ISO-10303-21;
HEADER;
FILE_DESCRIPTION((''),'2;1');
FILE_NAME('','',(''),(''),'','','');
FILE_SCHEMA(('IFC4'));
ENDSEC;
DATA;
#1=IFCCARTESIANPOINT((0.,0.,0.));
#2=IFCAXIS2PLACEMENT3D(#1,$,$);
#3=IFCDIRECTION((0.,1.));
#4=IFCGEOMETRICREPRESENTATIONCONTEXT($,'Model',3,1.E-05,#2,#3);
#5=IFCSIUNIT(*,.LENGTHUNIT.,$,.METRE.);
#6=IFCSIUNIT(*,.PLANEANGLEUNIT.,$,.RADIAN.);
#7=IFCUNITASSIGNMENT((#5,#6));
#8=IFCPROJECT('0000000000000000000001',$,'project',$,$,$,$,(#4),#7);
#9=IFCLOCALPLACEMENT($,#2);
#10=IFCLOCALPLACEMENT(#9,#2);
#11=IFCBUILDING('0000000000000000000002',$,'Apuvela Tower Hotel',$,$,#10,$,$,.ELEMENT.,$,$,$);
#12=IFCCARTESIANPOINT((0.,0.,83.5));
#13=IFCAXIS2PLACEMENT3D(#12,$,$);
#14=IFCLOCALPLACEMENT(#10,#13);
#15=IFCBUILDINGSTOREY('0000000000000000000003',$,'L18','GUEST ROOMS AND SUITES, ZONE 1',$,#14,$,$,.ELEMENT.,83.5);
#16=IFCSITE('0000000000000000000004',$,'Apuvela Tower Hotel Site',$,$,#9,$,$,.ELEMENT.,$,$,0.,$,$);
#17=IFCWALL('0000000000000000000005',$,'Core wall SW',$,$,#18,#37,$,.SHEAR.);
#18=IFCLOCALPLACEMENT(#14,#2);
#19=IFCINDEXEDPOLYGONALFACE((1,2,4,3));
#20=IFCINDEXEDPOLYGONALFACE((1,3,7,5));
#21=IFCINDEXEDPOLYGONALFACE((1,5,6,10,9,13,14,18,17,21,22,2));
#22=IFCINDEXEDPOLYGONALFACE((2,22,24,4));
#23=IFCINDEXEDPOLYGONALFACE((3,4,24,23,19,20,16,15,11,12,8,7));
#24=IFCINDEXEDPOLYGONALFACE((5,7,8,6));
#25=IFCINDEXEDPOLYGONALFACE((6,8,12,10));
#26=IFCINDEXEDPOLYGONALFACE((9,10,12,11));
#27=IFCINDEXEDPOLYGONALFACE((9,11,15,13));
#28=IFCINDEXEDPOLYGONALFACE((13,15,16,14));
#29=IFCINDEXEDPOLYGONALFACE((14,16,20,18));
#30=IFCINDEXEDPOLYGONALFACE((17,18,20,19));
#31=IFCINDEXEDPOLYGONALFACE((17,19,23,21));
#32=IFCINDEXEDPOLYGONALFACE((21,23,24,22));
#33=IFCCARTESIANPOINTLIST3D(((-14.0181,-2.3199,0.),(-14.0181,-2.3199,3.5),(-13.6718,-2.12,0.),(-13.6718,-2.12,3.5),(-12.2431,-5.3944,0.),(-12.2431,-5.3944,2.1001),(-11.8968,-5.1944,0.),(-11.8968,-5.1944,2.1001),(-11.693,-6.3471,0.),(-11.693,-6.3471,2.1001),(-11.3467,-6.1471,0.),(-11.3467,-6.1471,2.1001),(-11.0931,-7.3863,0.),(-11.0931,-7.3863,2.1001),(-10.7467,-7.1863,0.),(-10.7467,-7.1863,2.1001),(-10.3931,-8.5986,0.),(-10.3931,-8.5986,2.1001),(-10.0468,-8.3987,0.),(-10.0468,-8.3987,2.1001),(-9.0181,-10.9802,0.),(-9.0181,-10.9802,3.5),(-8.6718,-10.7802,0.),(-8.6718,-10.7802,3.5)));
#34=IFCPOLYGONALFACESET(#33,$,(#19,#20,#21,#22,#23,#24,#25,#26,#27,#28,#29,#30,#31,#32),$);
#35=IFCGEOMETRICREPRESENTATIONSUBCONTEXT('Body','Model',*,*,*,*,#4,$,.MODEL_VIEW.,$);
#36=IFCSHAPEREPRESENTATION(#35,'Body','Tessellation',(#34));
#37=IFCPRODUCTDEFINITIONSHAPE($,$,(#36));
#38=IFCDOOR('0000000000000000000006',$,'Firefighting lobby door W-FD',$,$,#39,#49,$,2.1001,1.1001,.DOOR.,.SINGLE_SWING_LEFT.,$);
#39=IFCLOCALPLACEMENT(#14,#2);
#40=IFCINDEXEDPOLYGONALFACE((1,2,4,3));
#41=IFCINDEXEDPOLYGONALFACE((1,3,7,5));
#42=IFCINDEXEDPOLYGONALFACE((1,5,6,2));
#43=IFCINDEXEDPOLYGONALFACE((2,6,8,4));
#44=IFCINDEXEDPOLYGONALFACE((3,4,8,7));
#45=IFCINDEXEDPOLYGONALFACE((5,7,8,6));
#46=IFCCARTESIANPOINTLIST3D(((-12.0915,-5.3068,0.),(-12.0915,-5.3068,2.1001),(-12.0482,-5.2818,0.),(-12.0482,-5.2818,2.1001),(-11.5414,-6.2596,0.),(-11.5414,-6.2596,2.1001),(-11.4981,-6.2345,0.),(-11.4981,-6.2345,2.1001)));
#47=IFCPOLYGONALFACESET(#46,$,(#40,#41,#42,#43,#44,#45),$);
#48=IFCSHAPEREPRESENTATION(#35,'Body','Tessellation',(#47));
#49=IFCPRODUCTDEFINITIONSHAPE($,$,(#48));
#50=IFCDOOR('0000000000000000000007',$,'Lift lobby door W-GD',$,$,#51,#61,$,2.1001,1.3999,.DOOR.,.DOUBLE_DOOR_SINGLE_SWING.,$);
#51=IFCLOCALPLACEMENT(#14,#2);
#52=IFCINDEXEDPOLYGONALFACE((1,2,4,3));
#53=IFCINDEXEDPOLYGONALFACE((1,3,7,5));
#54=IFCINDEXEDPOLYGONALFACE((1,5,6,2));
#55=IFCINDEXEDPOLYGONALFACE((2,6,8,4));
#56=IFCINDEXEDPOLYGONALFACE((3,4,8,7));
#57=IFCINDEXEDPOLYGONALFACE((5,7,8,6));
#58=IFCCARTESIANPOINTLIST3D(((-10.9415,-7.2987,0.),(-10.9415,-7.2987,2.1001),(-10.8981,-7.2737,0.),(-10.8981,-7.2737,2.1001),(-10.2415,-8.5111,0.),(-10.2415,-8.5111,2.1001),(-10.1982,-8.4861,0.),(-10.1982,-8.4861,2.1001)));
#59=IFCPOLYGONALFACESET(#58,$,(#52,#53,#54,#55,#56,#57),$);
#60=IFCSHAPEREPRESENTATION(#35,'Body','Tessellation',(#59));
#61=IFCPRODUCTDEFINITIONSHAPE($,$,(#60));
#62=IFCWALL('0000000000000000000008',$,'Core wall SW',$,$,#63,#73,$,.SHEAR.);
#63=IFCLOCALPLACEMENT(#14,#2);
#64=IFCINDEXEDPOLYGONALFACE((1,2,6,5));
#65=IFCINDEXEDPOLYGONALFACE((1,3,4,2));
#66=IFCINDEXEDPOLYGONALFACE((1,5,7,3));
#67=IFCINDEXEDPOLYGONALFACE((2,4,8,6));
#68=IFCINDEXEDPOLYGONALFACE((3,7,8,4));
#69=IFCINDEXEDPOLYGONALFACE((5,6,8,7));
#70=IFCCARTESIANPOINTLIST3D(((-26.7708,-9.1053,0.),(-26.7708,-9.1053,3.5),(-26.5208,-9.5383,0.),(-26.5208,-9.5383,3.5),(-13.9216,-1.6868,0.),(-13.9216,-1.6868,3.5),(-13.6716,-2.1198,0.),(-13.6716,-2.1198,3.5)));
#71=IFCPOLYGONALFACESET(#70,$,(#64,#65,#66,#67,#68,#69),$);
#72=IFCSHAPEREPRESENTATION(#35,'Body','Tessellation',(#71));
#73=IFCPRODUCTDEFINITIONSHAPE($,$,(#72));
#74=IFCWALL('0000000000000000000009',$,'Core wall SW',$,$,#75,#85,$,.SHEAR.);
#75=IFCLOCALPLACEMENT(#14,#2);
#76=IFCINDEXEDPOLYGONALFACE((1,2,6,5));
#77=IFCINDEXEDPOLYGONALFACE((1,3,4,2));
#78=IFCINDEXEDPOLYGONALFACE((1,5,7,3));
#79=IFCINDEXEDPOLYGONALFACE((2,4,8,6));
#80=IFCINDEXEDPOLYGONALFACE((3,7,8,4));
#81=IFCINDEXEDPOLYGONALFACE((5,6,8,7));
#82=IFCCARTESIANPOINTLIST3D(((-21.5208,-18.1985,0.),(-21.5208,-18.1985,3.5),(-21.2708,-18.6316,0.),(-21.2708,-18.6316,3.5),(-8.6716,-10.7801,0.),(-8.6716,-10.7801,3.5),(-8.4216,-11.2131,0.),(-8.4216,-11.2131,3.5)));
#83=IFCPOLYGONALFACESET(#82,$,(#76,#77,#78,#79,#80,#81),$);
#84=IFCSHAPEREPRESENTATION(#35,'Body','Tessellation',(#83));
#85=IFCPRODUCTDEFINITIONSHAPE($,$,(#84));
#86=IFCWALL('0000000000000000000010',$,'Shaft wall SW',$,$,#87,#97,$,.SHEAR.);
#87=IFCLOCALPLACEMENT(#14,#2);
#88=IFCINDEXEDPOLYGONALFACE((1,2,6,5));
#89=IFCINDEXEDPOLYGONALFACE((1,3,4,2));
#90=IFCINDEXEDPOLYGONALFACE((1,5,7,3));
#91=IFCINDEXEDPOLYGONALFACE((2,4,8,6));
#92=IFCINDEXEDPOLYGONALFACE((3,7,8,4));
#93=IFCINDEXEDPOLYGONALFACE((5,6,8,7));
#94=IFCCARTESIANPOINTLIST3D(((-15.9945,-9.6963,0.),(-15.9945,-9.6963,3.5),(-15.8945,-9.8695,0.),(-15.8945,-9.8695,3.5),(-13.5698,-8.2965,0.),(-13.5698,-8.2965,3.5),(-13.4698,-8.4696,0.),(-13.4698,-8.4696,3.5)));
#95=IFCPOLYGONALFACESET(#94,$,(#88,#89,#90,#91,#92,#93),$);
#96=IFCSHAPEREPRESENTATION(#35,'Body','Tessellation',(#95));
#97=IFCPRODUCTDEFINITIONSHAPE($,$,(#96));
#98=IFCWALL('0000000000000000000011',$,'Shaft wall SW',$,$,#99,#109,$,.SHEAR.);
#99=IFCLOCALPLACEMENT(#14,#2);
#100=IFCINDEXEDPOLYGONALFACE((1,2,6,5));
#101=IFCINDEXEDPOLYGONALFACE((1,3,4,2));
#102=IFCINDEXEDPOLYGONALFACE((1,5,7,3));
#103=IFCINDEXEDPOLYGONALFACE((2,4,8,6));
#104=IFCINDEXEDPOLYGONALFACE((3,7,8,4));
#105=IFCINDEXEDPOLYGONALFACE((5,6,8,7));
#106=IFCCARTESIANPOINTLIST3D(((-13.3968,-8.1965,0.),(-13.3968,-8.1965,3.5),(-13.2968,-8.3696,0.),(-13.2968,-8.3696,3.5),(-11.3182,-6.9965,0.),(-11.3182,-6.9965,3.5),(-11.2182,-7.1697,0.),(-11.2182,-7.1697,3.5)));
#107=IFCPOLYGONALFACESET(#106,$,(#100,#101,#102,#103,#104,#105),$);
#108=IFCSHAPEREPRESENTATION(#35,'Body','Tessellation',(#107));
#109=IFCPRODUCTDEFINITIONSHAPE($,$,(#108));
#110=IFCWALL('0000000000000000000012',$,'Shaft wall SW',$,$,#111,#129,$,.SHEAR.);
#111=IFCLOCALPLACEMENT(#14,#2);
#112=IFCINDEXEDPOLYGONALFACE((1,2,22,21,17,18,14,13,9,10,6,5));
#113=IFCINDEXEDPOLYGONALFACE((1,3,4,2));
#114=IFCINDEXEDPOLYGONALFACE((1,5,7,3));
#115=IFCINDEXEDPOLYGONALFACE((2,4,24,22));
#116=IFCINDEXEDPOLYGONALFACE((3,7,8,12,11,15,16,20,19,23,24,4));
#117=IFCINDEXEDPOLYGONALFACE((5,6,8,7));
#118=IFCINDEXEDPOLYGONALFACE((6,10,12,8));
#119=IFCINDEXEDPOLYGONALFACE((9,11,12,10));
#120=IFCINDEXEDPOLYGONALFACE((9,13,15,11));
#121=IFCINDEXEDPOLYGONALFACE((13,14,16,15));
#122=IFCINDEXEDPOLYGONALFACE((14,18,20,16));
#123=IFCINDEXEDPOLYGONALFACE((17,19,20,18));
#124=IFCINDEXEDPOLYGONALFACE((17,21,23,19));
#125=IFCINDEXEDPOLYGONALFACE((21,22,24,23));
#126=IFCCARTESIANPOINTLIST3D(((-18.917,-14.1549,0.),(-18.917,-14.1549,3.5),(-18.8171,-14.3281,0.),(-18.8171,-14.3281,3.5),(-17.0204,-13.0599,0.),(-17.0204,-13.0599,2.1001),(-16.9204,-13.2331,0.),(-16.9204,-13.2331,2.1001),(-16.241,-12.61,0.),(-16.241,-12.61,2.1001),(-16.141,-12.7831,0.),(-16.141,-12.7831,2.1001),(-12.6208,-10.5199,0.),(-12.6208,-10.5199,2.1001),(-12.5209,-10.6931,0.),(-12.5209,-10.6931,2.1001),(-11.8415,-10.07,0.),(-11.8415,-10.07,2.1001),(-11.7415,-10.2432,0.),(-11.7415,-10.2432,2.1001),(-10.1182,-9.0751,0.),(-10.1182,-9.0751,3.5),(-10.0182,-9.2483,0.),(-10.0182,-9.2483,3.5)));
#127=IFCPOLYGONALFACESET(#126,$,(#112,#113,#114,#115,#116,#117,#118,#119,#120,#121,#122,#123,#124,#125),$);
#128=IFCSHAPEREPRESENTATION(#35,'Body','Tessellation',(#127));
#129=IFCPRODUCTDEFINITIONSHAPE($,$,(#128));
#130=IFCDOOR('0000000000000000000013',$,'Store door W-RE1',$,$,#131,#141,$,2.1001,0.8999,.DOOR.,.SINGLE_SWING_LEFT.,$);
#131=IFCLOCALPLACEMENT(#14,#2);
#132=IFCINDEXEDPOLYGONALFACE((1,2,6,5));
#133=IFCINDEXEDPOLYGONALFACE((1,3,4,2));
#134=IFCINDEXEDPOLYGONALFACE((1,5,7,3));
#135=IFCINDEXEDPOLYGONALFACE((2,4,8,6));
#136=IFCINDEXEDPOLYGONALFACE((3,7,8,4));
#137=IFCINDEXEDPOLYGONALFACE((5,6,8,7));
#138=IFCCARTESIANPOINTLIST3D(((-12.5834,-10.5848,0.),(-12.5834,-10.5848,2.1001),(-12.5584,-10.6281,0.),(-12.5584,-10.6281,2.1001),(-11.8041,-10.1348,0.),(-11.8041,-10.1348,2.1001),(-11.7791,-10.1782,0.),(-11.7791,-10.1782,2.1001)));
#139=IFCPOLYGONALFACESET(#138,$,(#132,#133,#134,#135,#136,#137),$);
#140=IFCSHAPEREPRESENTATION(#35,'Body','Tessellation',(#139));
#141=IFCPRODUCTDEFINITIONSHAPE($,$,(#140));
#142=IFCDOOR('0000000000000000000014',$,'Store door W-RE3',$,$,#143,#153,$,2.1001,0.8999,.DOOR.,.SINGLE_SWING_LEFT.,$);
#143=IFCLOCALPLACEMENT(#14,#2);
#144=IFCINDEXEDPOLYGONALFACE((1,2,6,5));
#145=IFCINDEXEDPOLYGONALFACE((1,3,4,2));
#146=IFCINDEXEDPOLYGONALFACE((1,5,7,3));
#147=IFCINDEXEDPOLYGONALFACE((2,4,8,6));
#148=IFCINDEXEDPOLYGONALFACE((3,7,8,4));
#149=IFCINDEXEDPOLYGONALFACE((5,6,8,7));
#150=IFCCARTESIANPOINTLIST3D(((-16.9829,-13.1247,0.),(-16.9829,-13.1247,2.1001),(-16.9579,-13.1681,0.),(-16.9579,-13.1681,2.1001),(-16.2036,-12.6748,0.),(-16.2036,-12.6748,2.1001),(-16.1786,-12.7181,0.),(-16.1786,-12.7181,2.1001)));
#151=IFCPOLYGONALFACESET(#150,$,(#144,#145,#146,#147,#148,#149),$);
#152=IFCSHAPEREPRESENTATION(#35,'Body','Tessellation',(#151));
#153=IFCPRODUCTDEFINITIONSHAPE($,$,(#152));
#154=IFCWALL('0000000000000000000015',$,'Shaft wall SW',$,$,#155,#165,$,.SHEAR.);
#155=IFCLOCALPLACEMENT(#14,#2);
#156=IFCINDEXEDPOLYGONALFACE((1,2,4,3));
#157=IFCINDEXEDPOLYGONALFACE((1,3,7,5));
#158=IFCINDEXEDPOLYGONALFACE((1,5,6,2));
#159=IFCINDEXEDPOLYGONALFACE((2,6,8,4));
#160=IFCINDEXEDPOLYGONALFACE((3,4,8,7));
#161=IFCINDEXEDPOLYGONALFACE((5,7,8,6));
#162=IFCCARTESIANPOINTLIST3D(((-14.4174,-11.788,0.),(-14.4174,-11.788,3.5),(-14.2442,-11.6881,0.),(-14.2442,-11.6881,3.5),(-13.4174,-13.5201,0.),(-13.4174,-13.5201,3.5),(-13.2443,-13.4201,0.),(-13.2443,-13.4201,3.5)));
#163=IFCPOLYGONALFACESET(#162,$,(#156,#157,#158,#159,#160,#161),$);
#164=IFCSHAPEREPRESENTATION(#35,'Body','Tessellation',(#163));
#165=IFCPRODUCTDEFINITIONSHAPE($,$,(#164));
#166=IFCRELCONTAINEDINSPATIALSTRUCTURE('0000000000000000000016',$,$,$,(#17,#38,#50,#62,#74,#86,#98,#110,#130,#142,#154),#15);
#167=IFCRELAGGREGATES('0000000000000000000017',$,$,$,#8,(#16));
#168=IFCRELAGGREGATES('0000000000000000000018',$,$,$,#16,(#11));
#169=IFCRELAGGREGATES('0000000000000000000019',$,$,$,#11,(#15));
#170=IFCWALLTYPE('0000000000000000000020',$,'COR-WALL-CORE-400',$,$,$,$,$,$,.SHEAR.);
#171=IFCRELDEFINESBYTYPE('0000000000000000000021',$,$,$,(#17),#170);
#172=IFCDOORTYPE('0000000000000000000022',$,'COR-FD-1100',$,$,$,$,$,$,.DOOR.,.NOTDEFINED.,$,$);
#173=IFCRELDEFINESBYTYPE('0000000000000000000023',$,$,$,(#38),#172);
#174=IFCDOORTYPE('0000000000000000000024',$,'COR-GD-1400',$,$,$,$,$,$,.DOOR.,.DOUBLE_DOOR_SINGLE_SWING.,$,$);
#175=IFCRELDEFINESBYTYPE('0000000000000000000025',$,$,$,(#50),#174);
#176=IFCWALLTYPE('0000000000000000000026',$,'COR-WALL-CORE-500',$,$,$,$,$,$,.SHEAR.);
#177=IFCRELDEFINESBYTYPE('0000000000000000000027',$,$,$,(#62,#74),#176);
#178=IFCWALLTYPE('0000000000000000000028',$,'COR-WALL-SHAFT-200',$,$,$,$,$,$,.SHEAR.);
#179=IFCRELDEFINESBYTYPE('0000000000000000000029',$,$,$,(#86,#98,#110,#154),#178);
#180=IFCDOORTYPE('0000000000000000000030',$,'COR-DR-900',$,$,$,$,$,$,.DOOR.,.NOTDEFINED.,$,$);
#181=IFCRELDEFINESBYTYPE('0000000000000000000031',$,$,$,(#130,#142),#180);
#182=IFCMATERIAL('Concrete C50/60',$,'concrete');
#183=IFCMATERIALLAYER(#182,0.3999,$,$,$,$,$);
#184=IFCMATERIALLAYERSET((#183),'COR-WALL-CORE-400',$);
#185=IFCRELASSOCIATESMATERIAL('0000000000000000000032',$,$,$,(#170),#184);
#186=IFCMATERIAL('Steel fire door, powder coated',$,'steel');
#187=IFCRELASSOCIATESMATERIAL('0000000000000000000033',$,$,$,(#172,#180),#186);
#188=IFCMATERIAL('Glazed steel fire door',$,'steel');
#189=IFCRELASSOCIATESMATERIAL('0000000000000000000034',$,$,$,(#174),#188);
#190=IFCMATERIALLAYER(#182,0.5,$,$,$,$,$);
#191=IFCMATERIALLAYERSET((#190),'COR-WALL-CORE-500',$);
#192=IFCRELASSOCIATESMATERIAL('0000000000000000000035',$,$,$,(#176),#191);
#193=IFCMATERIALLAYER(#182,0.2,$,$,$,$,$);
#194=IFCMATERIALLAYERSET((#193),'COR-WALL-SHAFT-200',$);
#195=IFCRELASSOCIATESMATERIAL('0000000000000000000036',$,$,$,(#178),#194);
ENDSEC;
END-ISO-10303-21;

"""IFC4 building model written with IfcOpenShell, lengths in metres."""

from ifc_helpers import new_model, si_unit, direction, frame, frame_2d, origin, place, context, subcontext, project, spatial, rectangle, extrude, material, layer, layer_set, type_object, element, fill, save


model = new_model("IFC4")

# Units and contexts
model_context = context("Model", 3, precision=1e-05, world=origin(), true_north=direction((0.0, 1.0)))
body_context = subcontext(model_context, "Body", "Model", "MODEL_VIEW")
ifc_project = project(units=[si_unit("LENGTHUNIT", "METRE"), si_unit("PLANEANGLEUNIT", "RADIAN")], contexts=[model_context])

# Site, building, storey
site_placement = place(None, origin())
site = spatial("IfcSite", under=ifc_project, at=site_placement, Name="Apuvela Tower Hotel Site", CompositionType="ELEMENT", RefElevation=0.0)
building_placement = place(site_placement, origin())
building = spatial("IfcBuilding", under=site, at=building_placement, Name="Apuvela Tower Hotel", CompositionType="ELEMENT")
storey_placement = place(building_placement, frame((0.0, 0.0, 83.5)))
storey = spatial("IfcBuildingStorey", under=building, at=storey_placement, Name="L18", Description="GUEST ROOMS AND SUITES, ZONE 1", CompositionType="ELEMENT", Elevation=83.5)

# Wall, openings, doors
ifc_material_1 = material(Name="Concrete C50/60", Category="concrete")
ifc_layer_1 = layer(ifc_material_1, 0.3999)
ifc_layer_set_1 = layer_set([ifc_layer_1], Name="COR-WALL-CORE-400")
wall_type_1 = type_object("IfcWallType", Name="COR-WALL-CORE-400", PredefinedType="SHEAR", material=ifc_layer_set_1)
wall_1_placement = place(storey_placement, frame((-13.845, -2.22, 0.0), z_axis=(0.0, 0.0, 1.0), x_axis=(0.500004, -0.866023, 0.0)))
wall_1 = element("IfcWall", 1, at=wall_1_placement, inside=storey, type_object=wall_type_1, Name="Core wall SW", PredefinedType="SHEAR", context=body_context, shape_type="SweptSolid", body=[
    extrude(rectangle(XDim=10.0, YDim=0.3999, at=frame_2d((5.0, 0.0))), origin(), (0.0, 0.0, 1.0), 3.5),
])
opening_1_placement = place(wall_1_placement, frame((3.55, 0.0, 0.0)))
opening_1 = element("IfcOpeningElement", 2, at=opening_1_placement, cuts=wall_1, PredefinedType="OPENING", context=body_context, shape_type="SweptSolid", body=[
    extrude(rectangle(XDim=1.1001, YDim=2.1001, at=frame_2d((0.55, 1.05))), frame((0.0, 0.21, 0.0), z_axis=(0.0, -1.0, 0.0), x_axis=(1.0, 0.0, 0.0)), (0.0, 0.0, 1.0), 0.4199),
])
opening_2_placement = place(wall_1_placement, frame((5.8501, 0.0, 0.0)))
opening_2 = element("IfcOpeningElement", 3, at=opening_2_placement, cuts=wall_1, PredefinedType="OPENING", context=body_context, shape_type="SweptSolid", body=[
    extrude(rectangle(XDim=1.3999, YDim=2.1001, at=frame_2d((0.7, 1.05))), frame((0.0, 0.21, 0.0), z_axis=(0.0, -1.0, 0.0), x_axis=(1.0, 0.0, 0.0)), (0.0, 0.0, 1.0), 0.4199),
])
ifc_material_2 = material(Name="Steel fire door, powder coated", Category="steel")
door_type_1 = type_object("IfcDoorType", Name="COR-FD-1100", OperationType="NOTDEFINED", PredefinedType="DOOR", material=ifc_material_2)
door_1_placement = place(opening_1_placement, frame((1.1001, 0.0, 0.0), z_axis=(0.0, 0.0, 1.0), x_axis=(-1.0, 0.0, 0.0)))
door_1 = element("IfcDoor", 4, at=door_1_placement, inside=storey, type_object=door_type_1, Name="Firefighting lobby door W-FD", OperationType="SINGLE_SWING_LEFT", OverallHeight=2.1001, OverallWidth=1.1001, PredefinedType="DOOR", context=body_context, shape_type="SweptSolid", body=[
    extrude(rectangle(XDim=1.1001, YDim=2.1001, at=frame_2d((0.55, 1.05))), frame((0.0, 0.0249, 0.0), z_axis=(0.0, -1.0, 0.0), x_axis=(1.0, 0.0, 0.0)), (0.0, 0.0, 1.0), 0.05),
])
fill(opening_1, door_1)
ifc_material_3 = material(Name="Glazed steel fire door", Category="steel")
door_type_2 = type_object("IfcDoorType", Name="COR-GD-1400", OperationType="DOUBLE_DOOR_SINGLE_SWING", PredefinedType="DOOR", material=ifc_material_3)
door_2_placement = place(opening_2_placement, frame((1.3999, 0.0, 0.0), z_axis=(0.0, 0.0, 1.0), x_axis=(-1.0, 0.0, 0.0)))
door_2 = element("IfcDoor", 5, at=door_2_placement, inside=storey, type_object=door_type_2, Name="Lift lobby door W-GD", OperationType="DOUBLE_DOOR_SINGLE_SWING", OverallHeight=2.1001, OverallWidth=1.3999, PredefinedType="DOOR", context=body_context, shape_type="SweptSolid", body=[
    extrude(rectangle(XDim=1.3999, YDim=2.1001, at=frame_2d((0.7, 1.05))), frame((0.0, 0.0249, 0.0), z_axis=(0.0, -1.0, 0.0), x_axis=(1.0, 0.0, 0.0)), (0.0, 0.0, 1.0), 0.05),
])
fill(opening_2, door_2)

# Walls
ifc_layer_2 = layer(ifc_material_1, 0.5)
ifc_layer_set_2 = layer_set([ifc_layer_2], Name="COR-WALL-CORE-500")
wall_type_2 = type_object("IfcWallType", Name="COR-WALL-CORE-500", PredefinedType="SHEAR", material=ifc_layer_set_2)
for number, where, z_axis, x_axis, name in (
    (6, (-13.7966, -1.9033, 0.0), (0.0, 0.0, 1.0), (-0.866025, -0.500001, 0.0), "Core wall SW"),
    (7, (-8.5466, -10.9966, 0.0), (0.0, 0.0, 1.0), (-0.866025, -0.500001, 0.0), "Core wall SW"),
):
    element("IfcWall", number, at=place(storey_placement, frame(where, z_axis=z_axis, x_axis=x_axis)), inside=storey, type_object=wall_type_2, Name=name, PredefinedType="SHEAR", context=body_context, shape_type="SweptSolid", body=[
        extrude(rectangle(XDim=14.8369, YDim=0.5, at=frame_2d((7.4185, 0.0))), origin(), (0.0, 0.0, 1.0), 3.5),
    ])
ifc_layer_3 = layer(ifc_material_1, 0.2)
ifc_layer_set_3 = layer_set([ifc_layer_3], Name="COR-WALL-SHAFT-200")
wall_type_3 = type_object("IfcWallType", Name="COR-WALL-SHAFT-200", PredefinedType="SHEAR", material=ifc_layer_set_3)
wall_2_placement = place(storey_placement, frame((-13.5198, -8.3831, 0.0), z_axis=(0.0, 0.0, 1.0), x_axis=(-0.866035, -0.499984, 0.0)))
element("IfcWall", 8, at=wall_2_placement, inside=storey, type_object=wall_type_3, Name="Shaft wall SW", PredefinedType="SHEAR", context=body_context, shape_type="SweptSolid", body=[
    extrude(rectangle(XDim=2.7998, YDim=0.2, at=frame_2d((1.3999, 0.0))), origin(), (0.0, 0.0, 1.0), 3.5),
])
wall_3_placement = place(storey_placement, frame((-11.2681, -7.083, 0.0), z_axis=(0.0, 0.0, 1.0), x_axis=(-0.86605, -0.499957, 0.0)))
element("IfcWall", 9, at=wall_3_placement, inside=storey, type_object=wall_type_3, Name="Shaft wall SW", PredefinedType="SHEAR", context=body_context, shape_type="SweptSolid", body=[
    extrude(rectangle(XDim=2.4001, YDim=0.2, at=frame_2d((1.2002, 0.0))), origin(), (0.0, 0.0, 1.0), 3.5),
])

# Wall, openings, doors
wall_4_placement = place(storey_placement, frame((-10.0681, -9.1616, 0.0), z_axis=(0.0, 0.0, 1.0), x_axis=(-0.866033, -0.499987, 0.0)))
wall_4 = element("IfcWall", 10, at=wall_4_placement, inside=storey, type_object=wall_type_3, Name="Shaft wall SW", PredefinedType="SHEAR", context=body_context, shape_type="SweptSolid", body=[
    extrude(rectangle(XDim=10.1599, YDim=0.2, at=frame_2d((5.0801, 0.0))), origin(), (0.0, 0.0, 1.0), 3.5),
])
opening_3_placement = place(wall_4_placement, frame((1.99, 0.0, 0.0)))
opening_3 = element("IfcOpeningElement", 11, at=opening_3_placement, cuts=wall_4, PredefinedType="OPENING", context=body_context, shape_type="SweptSolid", body=[
    extrude(rectangle(XDim=0.8999, YDim=2.1001, at=frame_2d((0.45, 1.05))), frame((0.0, 0.1099, 0.0), z_axis=(0.0, -1.0, 0.0), x_axis=(1.0, 0.0, 0.0)), (0.0, 0.0, 1.0), 0.22),
])
opening_4_placement = place(wall_4_placement, frame((7.0701, 0.0, 0.0)))
opening_4 = element("IfcOpeningElement", 12, at=opening_4_placement, cuts=wall_4, PredefinedType="OPENING", context=body_context, shape_type="SweptSolid", body=[
    extrude(rectangle(XDim=0.8999, YDim=2.1001, at=frame_2d((0.45, 1.05))), frame((0.0, 0.1099, 0.0), z_axis=(0.0, -1.0, 0.0), x_axis=(1.0, 0.0, 0.0)), (0.0, 0.0, 1.0), 0.22),
])
door_type_3 = type_object("IfcDoorType", Name="COR-DR-900", OperationType="NOTDEFINED", PredefinedType="DOOR", material=ifc_material_2)
door_3_placement = place(opening_3_placement, origin())
door_3 = element("IfcDoor", 13, at=door_3_placement, inside=storey, type_object=door_type_3, Name="Store door W-RE1", OperationType="SINGLE_SWING_LEFT", OverallHeight=2.1001, OverallWidth=0.8999, PredefinedType="DOOR", context=body_context, shape_type="SweptSolid", body=[
    extrude(rectangle(XDim=0.8999, YDim=2.1001, at=frame_2d((0.45, 1.05))), frame((0.0, 0.0249, 0.0), z_axis=(0.0, -1.0, 0.0), x_axis=(1.0, 0.0, 0.0)), (0.0, 0.0, 1.0), 0.05),
])
fill(opening_3, door_3)
door_4_placement = place(opening_4_placement, origin())
door_4 = element("IfcDoor", 14, at=door_4_placement, inside=storey, type_object=door_type_3, Name="Store door W-RE3", OperationType="SINGLE_SWING_LEFT", OverallHeight=2.1001, OverallWidth=0.8999, PredefinedType="DOOR", context=body_context, shape_type="SweptSolid", body=[
    extrude(rectangle(XDim=0.8999, YDim=2.1001, at=frame_2d((0.45, 1.05))), frame((0.0, 0.0249, 0.0), z_axis=(0.0, -1.0, 0.0), x_axis=(1.0, 0.0, 0.0)), (0.0, 0.0, 1.0), 0.05),
])
fill(opening_4, door_4)

# Wall
wall_5_placement = place(storey_placement, frame((-14.3308, -11.738, 0.0), z_axis=(0.0, 0.0, 1.0), x_axis=(0.499973, -0.866041, 0.0)))
element("IfcWall", 15, at=wall_5_placement, inside=storey, type_object=wall_type_3, Name="Shaft wall SW", PredefinedType="SHEAR", context=body_context, shape_type="SweptSolid", body=[
    extrude(rectangle(XDim=2.0, YDim=0.2, at=frame_2d((1.0, 0.0))), origin(), (0.0, 0.0, 1.0), 3.5),
])

save(model, "model.ifc")
